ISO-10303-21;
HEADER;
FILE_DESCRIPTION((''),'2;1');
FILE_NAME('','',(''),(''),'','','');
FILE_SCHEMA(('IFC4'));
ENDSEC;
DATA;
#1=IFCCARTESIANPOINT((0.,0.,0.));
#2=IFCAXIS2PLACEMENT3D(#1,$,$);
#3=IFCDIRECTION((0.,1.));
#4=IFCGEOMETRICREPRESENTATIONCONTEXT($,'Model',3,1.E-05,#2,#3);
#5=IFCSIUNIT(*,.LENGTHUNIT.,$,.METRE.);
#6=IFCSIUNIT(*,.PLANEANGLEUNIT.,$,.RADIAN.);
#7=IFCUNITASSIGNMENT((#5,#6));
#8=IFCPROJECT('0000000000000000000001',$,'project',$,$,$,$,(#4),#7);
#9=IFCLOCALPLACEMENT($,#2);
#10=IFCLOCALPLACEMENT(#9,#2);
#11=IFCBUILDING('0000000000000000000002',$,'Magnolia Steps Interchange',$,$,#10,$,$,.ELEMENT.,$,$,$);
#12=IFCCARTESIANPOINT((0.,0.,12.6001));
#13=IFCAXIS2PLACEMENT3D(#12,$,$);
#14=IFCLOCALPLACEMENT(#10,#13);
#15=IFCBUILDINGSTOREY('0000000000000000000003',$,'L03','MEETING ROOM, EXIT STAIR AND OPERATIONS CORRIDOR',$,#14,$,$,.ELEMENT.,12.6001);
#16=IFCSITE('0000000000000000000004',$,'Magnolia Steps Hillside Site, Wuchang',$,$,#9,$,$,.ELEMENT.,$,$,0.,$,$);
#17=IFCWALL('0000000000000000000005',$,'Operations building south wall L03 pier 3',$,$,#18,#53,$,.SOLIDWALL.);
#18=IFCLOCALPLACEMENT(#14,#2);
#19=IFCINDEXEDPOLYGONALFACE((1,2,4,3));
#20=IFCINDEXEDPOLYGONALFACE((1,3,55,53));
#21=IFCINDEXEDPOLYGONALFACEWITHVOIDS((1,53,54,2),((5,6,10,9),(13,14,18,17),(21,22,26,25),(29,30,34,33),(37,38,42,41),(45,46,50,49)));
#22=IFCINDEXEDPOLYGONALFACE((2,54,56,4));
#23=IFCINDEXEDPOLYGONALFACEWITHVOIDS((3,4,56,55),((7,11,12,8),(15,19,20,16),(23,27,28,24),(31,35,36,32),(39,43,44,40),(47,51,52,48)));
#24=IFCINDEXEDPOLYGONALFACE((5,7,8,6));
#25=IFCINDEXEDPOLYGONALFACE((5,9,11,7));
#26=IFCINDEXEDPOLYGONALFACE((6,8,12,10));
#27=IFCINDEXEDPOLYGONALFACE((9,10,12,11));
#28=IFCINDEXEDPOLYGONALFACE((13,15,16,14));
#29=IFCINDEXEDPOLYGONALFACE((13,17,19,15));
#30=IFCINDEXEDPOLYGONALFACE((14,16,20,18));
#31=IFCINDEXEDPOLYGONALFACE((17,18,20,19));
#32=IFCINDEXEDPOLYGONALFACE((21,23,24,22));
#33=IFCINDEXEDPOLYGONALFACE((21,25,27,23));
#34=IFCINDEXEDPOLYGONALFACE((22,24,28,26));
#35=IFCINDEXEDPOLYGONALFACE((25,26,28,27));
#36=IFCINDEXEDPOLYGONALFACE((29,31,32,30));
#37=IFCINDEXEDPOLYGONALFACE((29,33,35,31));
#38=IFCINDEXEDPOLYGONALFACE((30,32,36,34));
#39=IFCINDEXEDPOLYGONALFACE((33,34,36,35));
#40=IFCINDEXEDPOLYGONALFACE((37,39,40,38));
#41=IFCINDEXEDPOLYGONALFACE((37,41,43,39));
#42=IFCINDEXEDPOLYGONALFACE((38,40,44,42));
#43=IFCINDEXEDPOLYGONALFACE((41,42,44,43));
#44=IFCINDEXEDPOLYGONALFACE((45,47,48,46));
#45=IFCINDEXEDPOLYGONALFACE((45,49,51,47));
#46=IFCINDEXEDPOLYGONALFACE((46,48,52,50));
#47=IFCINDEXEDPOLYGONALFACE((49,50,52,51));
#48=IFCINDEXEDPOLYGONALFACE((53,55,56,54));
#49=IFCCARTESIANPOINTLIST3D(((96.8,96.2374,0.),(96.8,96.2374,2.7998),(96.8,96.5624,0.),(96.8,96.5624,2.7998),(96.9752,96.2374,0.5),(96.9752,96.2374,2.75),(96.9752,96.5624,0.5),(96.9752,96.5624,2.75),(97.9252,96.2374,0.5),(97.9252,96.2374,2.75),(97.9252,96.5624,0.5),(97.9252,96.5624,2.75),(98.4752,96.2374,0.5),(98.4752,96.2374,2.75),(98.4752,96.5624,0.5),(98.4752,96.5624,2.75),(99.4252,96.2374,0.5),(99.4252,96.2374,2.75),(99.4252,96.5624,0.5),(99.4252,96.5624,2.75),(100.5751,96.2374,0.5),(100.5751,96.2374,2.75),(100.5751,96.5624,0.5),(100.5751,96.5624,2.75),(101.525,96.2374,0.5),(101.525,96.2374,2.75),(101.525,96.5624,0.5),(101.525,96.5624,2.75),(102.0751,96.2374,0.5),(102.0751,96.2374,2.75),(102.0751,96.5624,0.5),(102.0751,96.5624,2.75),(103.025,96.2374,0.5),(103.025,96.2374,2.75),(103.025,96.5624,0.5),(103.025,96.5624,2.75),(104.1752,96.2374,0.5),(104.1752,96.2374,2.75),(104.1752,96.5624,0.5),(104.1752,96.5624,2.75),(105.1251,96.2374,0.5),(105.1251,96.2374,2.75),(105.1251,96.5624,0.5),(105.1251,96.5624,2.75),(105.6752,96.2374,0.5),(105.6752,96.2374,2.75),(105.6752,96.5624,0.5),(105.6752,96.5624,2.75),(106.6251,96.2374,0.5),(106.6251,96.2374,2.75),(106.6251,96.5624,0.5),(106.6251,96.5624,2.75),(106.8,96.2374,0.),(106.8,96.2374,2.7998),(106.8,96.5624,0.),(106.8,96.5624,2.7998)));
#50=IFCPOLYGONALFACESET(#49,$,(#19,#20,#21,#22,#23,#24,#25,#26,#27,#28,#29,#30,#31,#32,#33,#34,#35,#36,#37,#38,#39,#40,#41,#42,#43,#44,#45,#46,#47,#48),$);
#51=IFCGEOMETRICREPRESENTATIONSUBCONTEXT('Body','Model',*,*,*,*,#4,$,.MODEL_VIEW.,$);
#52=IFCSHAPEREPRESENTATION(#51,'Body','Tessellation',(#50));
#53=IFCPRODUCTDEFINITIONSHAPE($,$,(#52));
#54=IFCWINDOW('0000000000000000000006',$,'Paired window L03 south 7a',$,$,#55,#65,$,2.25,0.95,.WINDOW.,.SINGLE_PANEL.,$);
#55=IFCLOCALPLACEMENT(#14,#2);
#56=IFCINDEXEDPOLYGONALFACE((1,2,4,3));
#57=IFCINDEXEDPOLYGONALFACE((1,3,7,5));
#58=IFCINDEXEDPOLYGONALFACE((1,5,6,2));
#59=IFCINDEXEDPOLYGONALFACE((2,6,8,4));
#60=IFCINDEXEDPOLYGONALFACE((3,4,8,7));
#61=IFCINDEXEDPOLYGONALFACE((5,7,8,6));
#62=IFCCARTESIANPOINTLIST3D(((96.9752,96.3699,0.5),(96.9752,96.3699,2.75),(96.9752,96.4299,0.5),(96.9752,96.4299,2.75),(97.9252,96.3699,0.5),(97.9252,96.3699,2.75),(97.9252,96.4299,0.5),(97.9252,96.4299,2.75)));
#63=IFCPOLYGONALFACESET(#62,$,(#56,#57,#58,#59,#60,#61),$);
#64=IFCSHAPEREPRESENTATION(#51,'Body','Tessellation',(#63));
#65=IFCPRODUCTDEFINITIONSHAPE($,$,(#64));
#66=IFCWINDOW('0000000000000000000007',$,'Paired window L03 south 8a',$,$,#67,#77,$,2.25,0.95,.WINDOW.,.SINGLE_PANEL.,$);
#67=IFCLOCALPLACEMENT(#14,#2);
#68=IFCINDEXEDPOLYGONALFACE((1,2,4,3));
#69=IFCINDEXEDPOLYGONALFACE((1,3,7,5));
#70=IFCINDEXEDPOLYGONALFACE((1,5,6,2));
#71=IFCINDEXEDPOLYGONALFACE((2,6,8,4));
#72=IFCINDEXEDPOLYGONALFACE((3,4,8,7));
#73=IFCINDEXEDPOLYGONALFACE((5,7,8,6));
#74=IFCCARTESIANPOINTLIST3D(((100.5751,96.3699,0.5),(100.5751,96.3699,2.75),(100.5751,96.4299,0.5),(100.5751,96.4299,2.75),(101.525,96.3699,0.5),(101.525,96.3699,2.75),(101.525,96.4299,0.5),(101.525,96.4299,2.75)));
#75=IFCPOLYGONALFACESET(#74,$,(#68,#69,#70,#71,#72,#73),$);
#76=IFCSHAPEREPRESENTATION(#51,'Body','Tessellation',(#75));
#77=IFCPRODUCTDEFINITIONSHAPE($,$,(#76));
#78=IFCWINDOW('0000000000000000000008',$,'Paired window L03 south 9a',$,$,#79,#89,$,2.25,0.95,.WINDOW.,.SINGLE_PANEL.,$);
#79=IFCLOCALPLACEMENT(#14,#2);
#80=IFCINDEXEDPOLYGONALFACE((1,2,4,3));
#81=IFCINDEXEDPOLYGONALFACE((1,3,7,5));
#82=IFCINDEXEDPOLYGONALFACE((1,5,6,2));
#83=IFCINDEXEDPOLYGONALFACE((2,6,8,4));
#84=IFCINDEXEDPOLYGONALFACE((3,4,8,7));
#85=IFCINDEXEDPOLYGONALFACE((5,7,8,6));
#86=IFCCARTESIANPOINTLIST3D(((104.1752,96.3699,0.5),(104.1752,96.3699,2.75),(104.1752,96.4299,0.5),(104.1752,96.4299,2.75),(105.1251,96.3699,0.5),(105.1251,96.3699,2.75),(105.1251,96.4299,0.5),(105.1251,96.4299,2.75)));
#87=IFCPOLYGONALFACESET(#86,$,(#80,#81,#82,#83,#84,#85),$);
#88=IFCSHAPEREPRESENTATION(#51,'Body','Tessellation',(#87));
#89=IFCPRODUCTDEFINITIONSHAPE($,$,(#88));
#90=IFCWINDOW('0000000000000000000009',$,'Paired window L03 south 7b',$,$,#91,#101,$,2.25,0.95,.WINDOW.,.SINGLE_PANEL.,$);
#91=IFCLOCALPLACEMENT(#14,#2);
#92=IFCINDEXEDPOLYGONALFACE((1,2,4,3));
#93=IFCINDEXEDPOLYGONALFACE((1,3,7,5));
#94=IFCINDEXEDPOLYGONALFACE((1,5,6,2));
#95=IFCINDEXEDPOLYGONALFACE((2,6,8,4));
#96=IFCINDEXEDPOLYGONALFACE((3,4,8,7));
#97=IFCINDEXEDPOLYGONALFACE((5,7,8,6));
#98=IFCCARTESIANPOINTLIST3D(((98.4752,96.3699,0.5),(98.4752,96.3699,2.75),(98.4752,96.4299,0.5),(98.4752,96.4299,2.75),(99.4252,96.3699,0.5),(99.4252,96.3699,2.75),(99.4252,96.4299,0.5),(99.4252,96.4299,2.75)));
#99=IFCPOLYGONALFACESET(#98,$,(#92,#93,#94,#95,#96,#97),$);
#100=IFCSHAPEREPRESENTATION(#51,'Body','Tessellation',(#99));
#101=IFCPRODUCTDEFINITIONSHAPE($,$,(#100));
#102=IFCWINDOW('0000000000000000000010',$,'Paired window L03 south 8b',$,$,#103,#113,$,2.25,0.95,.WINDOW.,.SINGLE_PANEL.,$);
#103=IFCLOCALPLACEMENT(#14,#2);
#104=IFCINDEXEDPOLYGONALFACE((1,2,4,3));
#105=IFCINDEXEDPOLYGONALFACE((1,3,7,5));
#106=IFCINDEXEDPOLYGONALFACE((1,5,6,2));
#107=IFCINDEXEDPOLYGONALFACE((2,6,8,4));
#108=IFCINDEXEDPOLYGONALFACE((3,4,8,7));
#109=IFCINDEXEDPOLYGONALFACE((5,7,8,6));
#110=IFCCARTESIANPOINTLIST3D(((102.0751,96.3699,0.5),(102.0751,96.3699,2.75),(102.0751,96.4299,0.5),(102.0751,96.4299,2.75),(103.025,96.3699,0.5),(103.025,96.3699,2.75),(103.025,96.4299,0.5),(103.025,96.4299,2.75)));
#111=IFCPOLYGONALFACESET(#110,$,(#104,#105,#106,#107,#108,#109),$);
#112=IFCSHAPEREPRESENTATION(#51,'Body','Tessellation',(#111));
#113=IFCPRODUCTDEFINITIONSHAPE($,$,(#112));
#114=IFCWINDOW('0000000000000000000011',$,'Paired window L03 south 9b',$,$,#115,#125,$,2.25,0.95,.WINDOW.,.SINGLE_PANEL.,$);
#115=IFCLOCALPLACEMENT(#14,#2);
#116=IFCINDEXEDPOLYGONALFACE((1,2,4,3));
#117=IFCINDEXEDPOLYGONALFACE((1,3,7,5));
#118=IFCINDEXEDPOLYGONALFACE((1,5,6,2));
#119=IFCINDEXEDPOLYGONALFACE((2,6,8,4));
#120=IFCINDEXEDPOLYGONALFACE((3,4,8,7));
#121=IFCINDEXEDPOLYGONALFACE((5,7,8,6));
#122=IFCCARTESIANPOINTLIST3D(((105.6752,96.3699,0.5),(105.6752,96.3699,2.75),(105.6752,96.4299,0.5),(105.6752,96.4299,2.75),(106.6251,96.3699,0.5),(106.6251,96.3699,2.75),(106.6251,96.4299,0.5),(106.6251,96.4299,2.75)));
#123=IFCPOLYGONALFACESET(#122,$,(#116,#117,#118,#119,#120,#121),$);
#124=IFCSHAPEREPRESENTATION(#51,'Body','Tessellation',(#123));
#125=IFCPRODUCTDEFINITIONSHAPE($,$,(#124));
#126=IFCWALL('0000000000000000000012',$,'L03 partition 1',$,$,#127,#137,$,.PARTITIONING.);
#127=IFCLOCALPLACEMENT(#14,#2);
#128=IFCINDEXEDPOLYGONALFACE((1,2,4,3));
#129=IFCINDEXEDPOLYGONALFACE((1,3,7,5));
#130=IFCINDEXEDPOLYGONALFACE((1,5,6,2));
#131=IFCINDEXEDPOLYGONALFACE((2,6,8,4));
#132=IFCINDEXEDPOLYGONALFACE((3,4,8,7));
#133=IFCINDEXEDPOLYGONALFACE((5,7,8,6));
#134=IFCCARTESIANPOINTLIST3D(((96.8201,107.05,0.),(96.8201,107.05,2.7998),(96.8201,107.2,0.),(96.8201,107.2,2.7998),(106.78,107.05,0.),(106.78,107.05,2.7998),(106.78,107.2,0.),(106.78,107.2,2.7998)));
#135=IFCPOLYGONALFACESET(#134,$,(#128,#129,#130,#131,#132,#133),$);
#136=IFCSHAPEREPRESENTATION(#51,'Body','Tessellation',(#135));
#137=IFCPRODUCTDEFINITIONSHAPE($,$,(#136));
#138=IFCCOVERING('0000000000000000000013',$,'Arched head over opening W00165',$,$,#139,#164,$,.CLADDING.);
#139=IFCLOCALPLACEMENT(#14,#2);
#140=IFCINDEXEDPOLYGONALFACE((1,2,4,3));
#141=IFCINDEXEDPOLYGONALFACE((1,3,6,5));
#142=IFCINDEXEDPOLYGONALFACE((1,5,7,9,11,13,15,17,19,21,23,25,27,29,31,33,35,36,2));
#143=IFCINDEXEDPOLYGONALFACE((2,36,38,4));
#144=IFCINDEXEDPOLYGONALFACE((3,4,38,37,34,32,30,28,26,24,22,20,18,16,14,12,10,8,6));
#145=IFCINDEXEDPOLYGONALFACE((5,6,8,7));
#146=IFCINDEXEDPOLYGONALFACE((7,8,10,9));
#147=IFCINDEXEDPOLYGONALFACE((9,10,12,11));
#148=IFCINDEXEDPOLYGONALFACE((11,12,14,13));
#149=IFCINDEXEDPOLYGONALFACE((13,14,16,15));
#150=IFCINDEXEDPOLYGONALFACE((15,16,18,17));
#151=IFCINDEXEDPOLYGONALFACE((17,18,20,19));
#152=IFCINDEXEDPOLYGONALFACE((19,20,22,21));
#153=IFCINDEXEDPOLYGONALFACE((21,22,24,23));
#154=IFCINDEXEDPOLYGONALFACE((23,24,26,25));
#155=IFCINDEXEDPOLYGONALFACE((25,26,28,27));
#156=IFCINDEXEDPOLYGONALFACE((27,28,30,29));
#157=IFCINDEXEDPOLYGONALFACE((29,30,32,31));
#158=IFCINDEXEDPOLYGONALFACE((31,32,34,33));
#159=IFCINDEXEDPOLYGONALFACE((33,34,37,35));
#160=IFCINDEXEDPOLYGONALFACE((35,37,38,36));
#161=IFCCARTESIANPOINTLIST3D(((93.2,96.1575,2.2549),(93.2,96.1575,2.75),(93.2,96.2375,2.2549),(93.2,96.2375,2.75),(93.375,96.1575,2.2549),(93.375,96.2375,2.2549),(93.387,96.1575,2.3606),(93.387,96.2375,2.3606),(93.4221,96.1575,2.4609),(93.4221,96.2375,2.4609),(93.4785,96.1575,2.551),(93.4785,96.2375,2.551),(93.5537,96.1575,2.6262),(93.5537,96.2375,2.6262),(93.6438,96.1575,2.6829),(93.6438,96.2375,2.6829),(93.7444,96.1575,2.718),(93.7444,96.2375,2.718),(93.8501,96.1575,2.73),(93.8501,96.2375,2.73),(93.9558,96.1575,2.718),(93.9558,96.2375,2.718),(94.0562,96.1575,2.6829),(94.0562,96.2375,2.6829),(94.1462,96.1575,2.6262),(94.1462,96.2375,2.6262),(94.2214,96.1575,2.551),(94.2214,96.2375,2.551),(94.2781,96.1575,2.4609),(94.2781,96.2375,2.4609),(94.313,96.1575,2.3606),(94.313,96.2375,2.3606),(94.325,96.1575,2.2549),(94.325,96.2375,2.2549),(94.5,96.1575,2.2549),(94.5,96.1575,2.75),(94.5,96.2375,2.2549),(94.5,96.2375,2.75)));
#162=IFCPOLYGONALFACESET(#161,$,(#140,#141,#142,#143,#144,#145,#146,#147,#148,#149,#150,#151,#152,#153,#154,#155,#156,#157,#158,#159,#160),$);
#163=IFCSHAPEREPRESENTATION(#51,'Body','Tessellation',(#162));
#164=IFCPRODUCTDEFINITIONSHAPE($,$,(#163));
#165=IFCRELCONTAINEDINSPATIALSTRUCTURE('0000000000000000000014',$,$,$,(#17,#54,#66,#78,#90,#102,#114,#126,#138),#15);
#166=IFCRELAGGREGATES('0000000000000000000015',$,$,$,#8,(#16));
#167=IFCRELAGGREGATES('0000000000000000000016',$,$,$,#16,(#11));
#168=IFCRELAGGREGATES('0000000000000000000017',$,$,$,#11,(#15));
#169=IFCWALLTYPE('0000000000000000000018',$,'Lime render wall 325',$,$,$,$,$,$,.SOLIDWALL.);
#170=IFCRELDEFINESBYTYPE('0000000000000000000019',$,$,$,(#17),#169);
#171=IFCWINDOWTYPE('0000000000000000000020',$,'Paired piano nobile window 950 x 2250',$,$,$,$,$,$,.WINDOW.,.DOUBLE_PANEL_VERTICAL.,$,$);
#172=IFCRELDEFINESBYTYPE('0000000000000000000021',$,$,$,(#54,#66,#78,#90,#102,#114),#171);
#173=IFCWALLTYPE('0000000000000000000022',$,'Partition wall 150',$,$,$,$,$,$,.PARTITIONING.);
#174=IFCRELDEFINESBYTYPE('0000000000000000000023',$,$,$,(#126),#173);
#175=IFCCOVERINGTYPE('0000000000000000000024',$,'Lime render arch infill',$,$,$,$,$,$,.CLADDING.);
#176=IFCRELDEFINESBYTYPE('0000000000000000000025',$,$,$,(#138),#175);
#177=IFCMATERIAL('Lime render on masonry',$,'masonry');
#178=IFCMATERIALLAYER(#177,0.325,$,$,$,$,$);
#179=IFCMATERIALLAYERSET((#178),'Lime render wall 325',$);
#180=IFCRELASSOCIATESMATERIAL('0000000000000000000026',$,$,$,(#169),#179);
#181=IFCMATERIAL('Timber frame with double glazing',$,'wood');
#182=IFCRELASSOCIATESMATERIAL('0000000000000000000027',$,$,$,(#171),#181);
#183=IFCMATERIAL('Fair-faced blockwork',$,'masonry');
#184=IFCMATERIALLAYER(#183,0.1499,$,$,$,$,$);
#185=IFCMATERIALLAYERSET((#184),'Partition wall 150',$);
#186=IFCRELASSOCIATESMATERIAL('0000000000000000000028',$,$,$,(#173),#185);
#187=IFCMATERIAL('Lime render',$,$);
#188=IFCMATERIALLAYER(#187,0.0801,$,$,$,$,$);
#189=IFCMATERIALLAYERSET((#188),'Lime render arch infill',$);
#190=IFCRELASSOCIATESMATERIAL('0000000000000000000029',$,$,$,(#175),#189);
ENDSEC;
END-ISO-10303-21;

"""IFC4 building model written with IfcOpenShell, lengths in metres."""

from ifc_helpers import new_model, si_unit, direction, frame, frame_2d, origin, place, context, subcontext, project, spatial, polyline, rectangle, outline, extrude, material, layer, layer_set, type_object, element, fill, save


model = new_model("IFC4")

# Units and contexts
model_context = context("Model", 3, precision=1e-05, world=origin(), true_north=direction((0.0, 1.0)))
body_context = subcontext(model_context, "Body", "Model", "MODEL_VIEW")
ifc_project = project(units=[si_unit("LENGTHUNIT", "METRE"), si_unit("PLANEANGLEUNIT", "RADIAN")], contexts=[model_context])

# Site, building, storey
site_placement = place(None, origin())
site = spatial("IfcSite", under=ifc_project, at=site_placement, Name="Magnolia Steps Hillside Site, Wuchang", CompositionType="ELEMENT", RefElevation=0.0)
building_placement = place(site_placement, origin())
building = spatial("IfcBuilding", under=site, at=building_placement, Name="Magnolia Steps Interchange", CompositionType="ELEMENT")
storey_placement = place(building_placement, frame((0.0, 0.0, 12.6001)))
storey = spatial("IfcBuildingStorey", under=building, at=storey_placement, Name="L03", Description="MEETING ROOM, EXIT STAIR AND OPERATIONS CORRIDOR", CompositionType="ELEMENT", Elevation=12.6001)

# Wall, openings, windows
ifc_material_1 = material(Name="Lime render on masonry", Category="masonry")
ifc_layer_1 = layer(ifc_material_1, 0.325)
ifc_layer_set_1 = layer_set([ifc_layer_1], Name="Lime render wall 325")
wall_type_1 = type_object("IfcWallType", Name="Lime render wall 325", PredefinedType="SOLIDWALL", material=ifc_layer_set_1)
ifc_material_2 = material(Name="Timber frame with double glazing", Category="wood")
window_type = type_object("IfcWindowType", Name="Paired piano nobile window 950 x 2250", PartitioningType="DOUBLE_PANEL_VERTICAL", PredefinedType="WINDOW", material=ifc_material_2)
wall_1_placement = place(storey_placement, frame((96.8, 96.3999, 0.0), z_axis=(0.0, 0.0, 1.0), x_axis=(1.0, 0.0, 0.0)))
wall_1 = element("IfcWall", 1, at=wall_1_placement, inside=storey, type_object=wall_type_1, Name="Operations building south wall L03 pier 3", PredefinedType="SOLIDWALL", context=body_context, shape_type="SweptSolid", body=[
    extrude(rectangle(XDim=10.0, YDim=0.325, at=frame_2d((5.0, 0.0))), origin(), (0.0, 0.0, 1.0), 2.7998),
])
opening_1_placement = place(wall_1_placement, frame((0.175, 0.0, 0.5)))
opening_1 = element("IfcOpeningElement", 2, at=opening_1_placement, cuts=wall_1, PredefinedType="OPENING", context=body_context, shape_type="SweptSolid", body=[
    extrude(rectangle(XDim=0.95, YDim=2.25, at=frame_2d((0.4751, 1.125))), frame((0.0, 0.1724, 0.0), z_axis=(0.0, -1.0, 0.0), x_axis=(1.0, 0.0, 0.0)), (0.0, 0.0, 1.0), 0.345),
])
opening_2_placement = place(wall_1_placement, frame((3.7749, 0.0, 0.5)))
opening_2 = element("IfcOpeningElement", 3, at=opening_2_placement, cuts=wall_1, PredefinedType="OPENING", context=body_context, shape_type="SweptSolid", body=[
    extrude(rectangle(XDim=0.95, YDim=2.25, at=frame_2d((0.4751, 1.125))), frame((0.0, 0.1724, 0.0), z_axis=(0.0, -1.0, 0.0), x_axis=(1.0, 0.0, 0.0)), (0.0, 0.0, 1.0), 0.345),
])
opening_3_placement = place(wall_1_placement, frame((7.375, 0.0, 0.5)))
opening_3 = element("IfcOpeningElement", 4, at=opening_3_placement, cuts=wall_1, PredefinedType="OPENING", context=body_context, shape_type="SweptSolid", body=[
    extrude(rectangle(XDim=0.95, YDim=2.25, at=frame_2d((0.4751, 1.125))), frame((0.0, 0.1724, 0.0), z_axis=(0.0, -1.0, 0.0), x_axis=(1.0, 0.0, 0.0)), (0.0, 0.0, 1.0), 0.345),
])
opening_4_placement = place(wall_1_placement, frame((1.675, 0.0, 0.5)))
opening_4 = element("IfcOpeningElement", 5, at=opening_4_placement, cuts=wall_1, PredefinedType="OPENING", context=body_context, shape_type="SweptSolid", body=[
    extrude(rectangle(XDim=0.95, YDim=2.25, at=frame_2d((0.4751, 1.125))), frame((0.0, 0.1724, 0.0), z_axis=(0.0, -1.0, 0.0), x_axis=(1.0, 0.0, 0.0)), (0.0, 0.0, 1.0), 0.345),
])
opening_5_placement = place(wall_1_placement, frame((5.2749, 0.0, 0.5)))
opening_5 = element("IfcOpeningElement", 6, at=opening_5_placement, cuts=wall_1, PredefinedType="OPENING", context=body_context, shape_type="SweptSolid", body=[
    extrude(rectangle(XDim=0.95, YDim=2.25, at=frame_2d((0.4751, 1.125))), frame((0.0, 0.1724, 0.0), z_axis=(0.0, -1.0, 0.0), x_axis=(1.0, 0.0, 0.0)), (0.0, 0.0, 1.0), 0.345),
])
opening_6_placement = place(wall_1_placement, frame((8.875, 0.0, 0.5)))
opening_6 = element("IfcOpeningElement", 7, at=opening_6_placement, cuts=wall_1, PredefinedType="OPENING", context=body_context, shape_type="SweptSolid", body=[
    extrude(rectangle(XDim=0.95, YDim=2.25, at=frame_2d((0.4751, 1.125))), frame((0.0, 0.1724, 0.0), z_axis=(0.0, -1.0, 0.0), x_axis=(1.0, 0.0, 0.0)), (0.0, 0.0, 1.0), 0.345),
])
window_1_placement = place(opening_1_placement, origin())
window_1 = element("IfcWindow", 8, at=window_1_placement, inside=storey, type_object=window_type, Name="Paired window L03 south 7a", OverallHeight=2.25, OverallWidth=0.95, PartitioningType="SINGLE_PANEL", PredefinedType="WINDOW", context=body_context, shape_type="SweptSolid", body=[
    extrude(rectangle(XDim=0.95, YDim=2.25, at=frame_2d((0.4751, 1.125))), frame((0.0, 0.03, 0.0), z_axis=(0.0, -1.0, 0.0), x_axis=(1.0, 0.0, 0.0)), (0.0, 0.0, 1.0), 0.0601),
])
fill(opening_1, window_1)
window_2_placement = place(opening_2_placement, origin())
window_2 = element("IfcWindow", 9, at=window_2_placement, inside=storey, type_object=window_type, Name="Paired window L03 south 8a", OverallHeight=2.25, OverallWidth=0.95, PartitioningType="SINGLE_PANEL", PredefinedType="WINDOW", context=body_context, shape_type="SweptSolid", body=[
    extrude(rectangle(XDim=0.95, YDim=2.25, at=frame_2d((0.4751, 1.125))), frame((0.0, 0.03, 0.0), z_axis=(0.0, -1.0, 0.0), x_axis=(1.0, 0.0, 0.0)), (0.0, 0.0, 1.0), 0.0601),
])
fill(opening_2, window_2)
window_3_placement = place(opening_3_placement, origin())
window_3 = element("IfcWindow", 10, at=window_3_placement, inside=storey, type_object=window_type, Name="Paired window L03 south 9a", OverallHeight=2.25, OverallWidth=0.95, PartitioningType="SINGLE_PANEL", PredefinedType="WINDOW", context=body_context, shape_type="SweptSolid", body=[
    extrude(rectangle(XDim=0.95, YDim=2.25, at=frame_2d((0.4751, 1.125))), frame((0.0, 0.03, 0.0), z_axis=(0.0, -1.0, 0.0), x_axis=(1.0, 0.0, 0.0)), (0.0, 0.0, 1.0), 0.0601),
])
fill(opening_3, window_3)
window_4_placement = place(opening_4_placement, origin())
window_4 = element("IfcWindow", 11, at=window_4_placement, inside=storey, type_object=window_type, Name="Paired window L03 south 7b", OverallHeight=2.25, OverallWidth=0.95, PartitioningType="SINGLE_PANEL", PredefinedType="WINDOW", context=body_context, shape_type="SweptSolid", body=[
    extrude(rectangle(XDim=0.95, YDim=2.25, at=frame_2d((0.4751, 1.125))), frame((0.0, 0.03, 0.0), z_axis=(0.0, -1.0, 0.0), x_axis=(1.0, 0.0, 0.0)), (0.0, 0.0, 1.0), 0.0601),
])
fill(opening_4, window_4)
window_5_placement = place(opening_5_placement, origin())
window_5 = element("IfcWindow", 12, at=window_5_placement, inside=storey, type_object=window_type, Name="Paired window L03 south 8b", OverallHeight=2.25, OverallWidth=0.95, PartitioningType="SINGLE_PANEL", PredefinedType="WINDOW", context=body_context, shape_type="SweptSolid", body=[
    extrude(rectangle(XDim=0.95, YDim=2.25, at=frame_2d((0.4751, 1.125))), frame((0.0, 0.03, 0.0), z_axis=(0.0, -1.0, 0.0), x_axis=(1.0, 0.0, 0.0)), (0.0, 0.0, 1.0), 0.0601),
])
fill(opening_5, window_5)
window_6_placement = place(opening_6_placement, origin())
window_6 = element("IfcWindow", 13, at=window_6_placement, inside=storey, type_object=window_type, Name="Paired window L03 south 9b", OverallHeight=2.25, OverallWidth=0.95, PartitioningType="SINGLE_PANEL", PredefinedType="WINDOW", context=body_context, shape_type="SweptSolid", body=[
    extrude(rectangle(XDim=0.95, YDim=2.25, at=frame_2d((0.4751, 1.125))), frame((0.0, 0.03, 0.0), z_axis=(0.0, -1.0, 0.0), x_axis=(1.0, 0.0, 0.0)), (0.0, 0.0, 1.0), 0.0601),
])
fill(opening_6, window_6)

# Wall
ifc_material_3 = material(Name="Fair-faced blockwork", Category="masonry")
ifc_layer_2 = layer(ifc_material_3, 0.1499)
ifc_layer_set_2 = layer_set([ifc_layer_2], Name="Partition wall 150")
wall_type_2 = type_object("IfcWallType", Name="Partition wall 150", PredefinedType="PARTITIONING", material=ifc_layer_set_2)
wall_2_placement = place(storey_placement, frame((96.8201, 107.125, 0.0), z_axis=(0.0, 0.0, 1.0), x_axis=(1.0, 0.0, 0.0)))
element("IfcWall", 14, at=wall_2_placement, inside=storey, type_object=wall_type_2, Name="L03 partition 1", PredefinedType="PARTITIONING", context=body_context, shape_type="SweptSolid", body=[
    extrude(rectangle(XDim=9.96, YDim=0.1499, at=frame_2d((4.98, 0.0))), origin(), (0.0, 0.0, 1.0), 2.7998),
])

# Covering
ifc_material_4 = material(Name="Lime render")
ifc_layer_3 = layer(ifc_material_4, 0.0801)
ifc_layer_set_3 = layer_set([ifc_layer_3], Name="Lime render arch infill")
covering_type = type_object("IfcCoveringType", Name="Lime render arch infill", PredefinedType="CLADDING", material=ifc_layer_set_3)
for number, where, z_axis, x_axis, name in (
    (15, (93.2, 96.2375, 2.2549), (0.0, 1.0, 0.0), (0.0, 0.0, 1.0), "Arched head over opening W00165"),
):
    element("IfcCovering", number, at=place(storey_placement, frame(where, z_axis=z_axis, x_axis=x_axis)), inside=storey, type_object=covering_type, Name=name, PredefinedType="CLADDING", context=body_context, shape_type="SweptSolid", body=[
        extrude(outline(polyline([(0.0, 0.0), (0.4951, 0.0), (0.4951, 1.3), (0.0, 1.3), (0.0, 1.125), (0.1057, 1.113), (0.2061, 1.0781), (0.2961, 1.0215), (0.3713, 0.9463), (0.428, 0.8562), (0.4631, 0.7559), (0.4751, 0.6501), (0.4631, 0.5444), (0.428, 0.4438), (0.3713, 0.3538), (0.2961, 0.2786), (0.2061, 0.2222), (0.1057, 0.187), (0.0, 0.175), (0.0, 0.0)])), origin(), (0.0, 0.0, -1.0), 0.0801),
    ])

save(model, "model.ifc")
